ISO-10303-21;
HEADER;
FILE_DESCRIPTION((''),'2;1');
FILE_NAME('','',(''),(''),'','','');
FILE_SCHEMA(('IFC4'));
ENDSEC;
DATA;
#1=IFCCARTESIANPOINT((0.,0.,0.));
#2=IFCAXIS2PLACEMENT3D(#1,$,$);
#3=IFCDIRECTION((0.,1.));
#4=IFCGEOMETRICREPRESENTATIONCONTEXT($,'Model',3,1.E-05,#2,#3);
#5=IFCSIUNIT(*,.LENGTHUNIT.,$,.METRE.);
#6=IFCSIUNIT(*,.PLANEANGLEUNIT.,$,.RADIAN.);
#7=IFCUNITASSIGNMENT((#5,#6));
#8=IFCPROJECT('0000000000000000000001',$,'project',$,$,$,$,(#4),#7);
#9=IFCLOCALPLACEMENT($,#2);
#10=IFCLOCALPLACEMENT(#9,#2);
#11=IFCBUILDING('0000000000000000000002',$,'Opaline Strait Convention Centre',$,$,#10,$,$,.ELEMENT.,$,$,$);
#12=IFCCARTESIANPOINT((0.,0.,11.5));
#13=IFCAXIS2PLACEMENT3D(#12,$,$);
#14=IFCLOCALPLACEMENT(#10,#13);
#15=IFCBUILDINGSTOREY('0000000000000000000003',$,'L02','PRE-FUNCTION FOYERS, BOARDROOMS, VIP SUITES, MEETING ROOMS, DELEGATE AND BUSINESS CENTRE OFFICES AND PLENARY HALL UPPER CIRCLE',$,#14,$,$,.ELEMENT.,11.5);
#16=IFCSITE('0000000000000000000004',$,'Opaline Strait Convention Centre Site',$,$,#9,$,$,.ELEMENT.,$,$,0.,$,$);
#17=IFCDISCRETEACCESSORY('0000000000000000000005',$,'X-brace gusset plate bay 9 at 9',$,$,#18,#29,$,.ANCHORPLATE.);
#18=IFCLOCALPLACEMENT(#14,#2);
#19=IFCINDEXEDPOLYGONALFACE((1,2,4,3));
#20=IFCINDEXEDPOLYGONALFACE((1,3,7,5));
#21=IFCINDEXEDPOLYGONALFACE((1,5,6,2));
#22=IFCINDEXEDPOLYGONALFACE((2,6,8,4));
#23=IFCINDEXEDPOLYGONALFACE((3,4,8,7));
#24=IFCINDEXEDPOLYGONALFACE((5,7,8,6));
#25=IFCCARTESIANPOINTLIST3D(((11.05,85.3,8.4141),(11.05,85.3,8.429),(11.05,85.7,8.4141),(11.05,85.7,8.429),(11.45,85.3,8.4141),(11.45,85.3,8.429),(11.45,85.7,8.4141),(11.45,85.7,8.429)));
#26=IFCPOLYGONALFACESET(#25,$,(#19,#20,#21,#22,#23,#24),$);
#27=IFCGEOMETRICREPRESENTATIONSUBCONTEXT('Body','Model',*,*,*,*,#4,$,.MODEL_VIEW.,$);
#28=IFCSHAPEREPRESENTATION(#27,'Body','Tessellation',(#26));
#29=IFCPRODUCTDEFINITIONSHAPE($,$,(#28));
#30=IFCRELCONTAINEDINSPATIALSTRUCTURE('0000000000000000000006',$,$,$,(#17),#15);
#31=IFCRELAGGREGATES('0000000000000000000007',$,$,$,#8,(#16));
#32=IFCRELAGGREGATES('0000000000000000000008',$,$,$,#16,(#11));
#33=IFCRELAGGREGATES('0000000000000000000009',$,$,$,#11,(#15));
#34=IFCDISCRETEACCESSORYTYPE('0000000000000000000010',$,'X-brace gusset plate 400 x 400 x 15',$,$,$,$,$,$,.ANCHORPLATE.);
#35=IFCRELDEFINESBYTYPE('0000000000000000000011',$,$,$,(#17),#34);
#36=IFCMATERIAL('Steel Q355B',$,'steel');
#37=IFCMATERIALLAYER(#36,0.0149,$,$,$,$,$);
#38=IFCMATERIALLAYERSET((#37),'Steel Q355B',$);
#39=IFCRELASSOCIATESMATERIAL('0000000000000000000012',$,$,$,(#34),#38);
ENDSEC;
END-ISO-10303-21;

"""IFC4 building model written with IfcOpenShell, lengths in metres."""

from ifc_helpers import new_model, si_unit, direction, frame, origin, origin_2d, place, context, subcontext, project, spatial, rectangle, extrude, material, layer, layer_set, type_object, element, save


model = new_model("IFC4")

# Units and contexts
model_context = context("Model", 3, precision=1e-05, world=origin(), true_north=direction((0.0, 1.0)))
body_context = subcontext(model_context, "Body", "Model", "MODEL_VIEW")
ifc_project = project(units=[si_unit("LENGTHUNIT", "METRE"), si_unit("PLANEANGLEUNIT", "RADIAN")], contexts=[model_context])

# Site, building, storey
site_placement = place(None, origin())
site = spatial("IfcSite", under=ifc_project, at=site_placement, Name="Opaline Strait Convention Centre Site", CompositionType="ELEMENT", RefElevation=0.0)
building_placement = place(site_placement, origin())
building = spatial("IfcBuilding", under=site, at=building_placement, Name="Opaline Strait Convention Centre", CompositionType="ELEMENT")
storey_placement = place(building_placement, frame((0.0, 0.0, 11.5)))
storey = spatial("IfcBuildingStorey", under=building, at=storey_placement, Name="L02", Description="PRE-FUNCTION FOYERS, BOARDROOMS, VIP SUITES, MEETING ROOMS, DELEGATE AND BUSINESS CENTRE OFFICES AND PLENARY HALL UPPER CIRCLE", CompositionType="ELEMENT", Elevation=11.5)

# Shared definitions
ifc_material_1 = material(Name="Steel Q355B", Category="steel")

# Discrete accessory
ifc_layer_1 = layer(ifc_material_1, 0.0149)
ifc_layer_set_1 = layer_set([ifc_layer_1], Name="Steel Q355B")
discrete_accessory_type_1 = type_object("IfcDiscreteAccessoryType", Name="X-brace gusset plate 400 x 400 x 15", PredefinedType="ANCHORPLATE", material=ifc_layer_set_1)
discrete_accessory_1_placement = place(storey_placement, frame((11.25, 85.5, 8.4141), z_axis=(0.0, 0.0, 1.0), x_axis=(1.0, 0.0, 0.0)))
element("IfcDiscreteAccessory", 1, at=discrete_accessory_1_placement, inside=storey, type_object=discrete_accessory_type_1, Name="X-brace gusset plate bay 9 at 9", PredefinedType="ANCHORPLATE", context=body_context, shape_type="SweptSolid", body=[
    extrude(rectangle(XDim=0.3999, YDim=0.3999, at=origin_2d()), origin(), (0.0, 0.0, 1.0), 0.0149),
])

save(model, "model.ifc")
